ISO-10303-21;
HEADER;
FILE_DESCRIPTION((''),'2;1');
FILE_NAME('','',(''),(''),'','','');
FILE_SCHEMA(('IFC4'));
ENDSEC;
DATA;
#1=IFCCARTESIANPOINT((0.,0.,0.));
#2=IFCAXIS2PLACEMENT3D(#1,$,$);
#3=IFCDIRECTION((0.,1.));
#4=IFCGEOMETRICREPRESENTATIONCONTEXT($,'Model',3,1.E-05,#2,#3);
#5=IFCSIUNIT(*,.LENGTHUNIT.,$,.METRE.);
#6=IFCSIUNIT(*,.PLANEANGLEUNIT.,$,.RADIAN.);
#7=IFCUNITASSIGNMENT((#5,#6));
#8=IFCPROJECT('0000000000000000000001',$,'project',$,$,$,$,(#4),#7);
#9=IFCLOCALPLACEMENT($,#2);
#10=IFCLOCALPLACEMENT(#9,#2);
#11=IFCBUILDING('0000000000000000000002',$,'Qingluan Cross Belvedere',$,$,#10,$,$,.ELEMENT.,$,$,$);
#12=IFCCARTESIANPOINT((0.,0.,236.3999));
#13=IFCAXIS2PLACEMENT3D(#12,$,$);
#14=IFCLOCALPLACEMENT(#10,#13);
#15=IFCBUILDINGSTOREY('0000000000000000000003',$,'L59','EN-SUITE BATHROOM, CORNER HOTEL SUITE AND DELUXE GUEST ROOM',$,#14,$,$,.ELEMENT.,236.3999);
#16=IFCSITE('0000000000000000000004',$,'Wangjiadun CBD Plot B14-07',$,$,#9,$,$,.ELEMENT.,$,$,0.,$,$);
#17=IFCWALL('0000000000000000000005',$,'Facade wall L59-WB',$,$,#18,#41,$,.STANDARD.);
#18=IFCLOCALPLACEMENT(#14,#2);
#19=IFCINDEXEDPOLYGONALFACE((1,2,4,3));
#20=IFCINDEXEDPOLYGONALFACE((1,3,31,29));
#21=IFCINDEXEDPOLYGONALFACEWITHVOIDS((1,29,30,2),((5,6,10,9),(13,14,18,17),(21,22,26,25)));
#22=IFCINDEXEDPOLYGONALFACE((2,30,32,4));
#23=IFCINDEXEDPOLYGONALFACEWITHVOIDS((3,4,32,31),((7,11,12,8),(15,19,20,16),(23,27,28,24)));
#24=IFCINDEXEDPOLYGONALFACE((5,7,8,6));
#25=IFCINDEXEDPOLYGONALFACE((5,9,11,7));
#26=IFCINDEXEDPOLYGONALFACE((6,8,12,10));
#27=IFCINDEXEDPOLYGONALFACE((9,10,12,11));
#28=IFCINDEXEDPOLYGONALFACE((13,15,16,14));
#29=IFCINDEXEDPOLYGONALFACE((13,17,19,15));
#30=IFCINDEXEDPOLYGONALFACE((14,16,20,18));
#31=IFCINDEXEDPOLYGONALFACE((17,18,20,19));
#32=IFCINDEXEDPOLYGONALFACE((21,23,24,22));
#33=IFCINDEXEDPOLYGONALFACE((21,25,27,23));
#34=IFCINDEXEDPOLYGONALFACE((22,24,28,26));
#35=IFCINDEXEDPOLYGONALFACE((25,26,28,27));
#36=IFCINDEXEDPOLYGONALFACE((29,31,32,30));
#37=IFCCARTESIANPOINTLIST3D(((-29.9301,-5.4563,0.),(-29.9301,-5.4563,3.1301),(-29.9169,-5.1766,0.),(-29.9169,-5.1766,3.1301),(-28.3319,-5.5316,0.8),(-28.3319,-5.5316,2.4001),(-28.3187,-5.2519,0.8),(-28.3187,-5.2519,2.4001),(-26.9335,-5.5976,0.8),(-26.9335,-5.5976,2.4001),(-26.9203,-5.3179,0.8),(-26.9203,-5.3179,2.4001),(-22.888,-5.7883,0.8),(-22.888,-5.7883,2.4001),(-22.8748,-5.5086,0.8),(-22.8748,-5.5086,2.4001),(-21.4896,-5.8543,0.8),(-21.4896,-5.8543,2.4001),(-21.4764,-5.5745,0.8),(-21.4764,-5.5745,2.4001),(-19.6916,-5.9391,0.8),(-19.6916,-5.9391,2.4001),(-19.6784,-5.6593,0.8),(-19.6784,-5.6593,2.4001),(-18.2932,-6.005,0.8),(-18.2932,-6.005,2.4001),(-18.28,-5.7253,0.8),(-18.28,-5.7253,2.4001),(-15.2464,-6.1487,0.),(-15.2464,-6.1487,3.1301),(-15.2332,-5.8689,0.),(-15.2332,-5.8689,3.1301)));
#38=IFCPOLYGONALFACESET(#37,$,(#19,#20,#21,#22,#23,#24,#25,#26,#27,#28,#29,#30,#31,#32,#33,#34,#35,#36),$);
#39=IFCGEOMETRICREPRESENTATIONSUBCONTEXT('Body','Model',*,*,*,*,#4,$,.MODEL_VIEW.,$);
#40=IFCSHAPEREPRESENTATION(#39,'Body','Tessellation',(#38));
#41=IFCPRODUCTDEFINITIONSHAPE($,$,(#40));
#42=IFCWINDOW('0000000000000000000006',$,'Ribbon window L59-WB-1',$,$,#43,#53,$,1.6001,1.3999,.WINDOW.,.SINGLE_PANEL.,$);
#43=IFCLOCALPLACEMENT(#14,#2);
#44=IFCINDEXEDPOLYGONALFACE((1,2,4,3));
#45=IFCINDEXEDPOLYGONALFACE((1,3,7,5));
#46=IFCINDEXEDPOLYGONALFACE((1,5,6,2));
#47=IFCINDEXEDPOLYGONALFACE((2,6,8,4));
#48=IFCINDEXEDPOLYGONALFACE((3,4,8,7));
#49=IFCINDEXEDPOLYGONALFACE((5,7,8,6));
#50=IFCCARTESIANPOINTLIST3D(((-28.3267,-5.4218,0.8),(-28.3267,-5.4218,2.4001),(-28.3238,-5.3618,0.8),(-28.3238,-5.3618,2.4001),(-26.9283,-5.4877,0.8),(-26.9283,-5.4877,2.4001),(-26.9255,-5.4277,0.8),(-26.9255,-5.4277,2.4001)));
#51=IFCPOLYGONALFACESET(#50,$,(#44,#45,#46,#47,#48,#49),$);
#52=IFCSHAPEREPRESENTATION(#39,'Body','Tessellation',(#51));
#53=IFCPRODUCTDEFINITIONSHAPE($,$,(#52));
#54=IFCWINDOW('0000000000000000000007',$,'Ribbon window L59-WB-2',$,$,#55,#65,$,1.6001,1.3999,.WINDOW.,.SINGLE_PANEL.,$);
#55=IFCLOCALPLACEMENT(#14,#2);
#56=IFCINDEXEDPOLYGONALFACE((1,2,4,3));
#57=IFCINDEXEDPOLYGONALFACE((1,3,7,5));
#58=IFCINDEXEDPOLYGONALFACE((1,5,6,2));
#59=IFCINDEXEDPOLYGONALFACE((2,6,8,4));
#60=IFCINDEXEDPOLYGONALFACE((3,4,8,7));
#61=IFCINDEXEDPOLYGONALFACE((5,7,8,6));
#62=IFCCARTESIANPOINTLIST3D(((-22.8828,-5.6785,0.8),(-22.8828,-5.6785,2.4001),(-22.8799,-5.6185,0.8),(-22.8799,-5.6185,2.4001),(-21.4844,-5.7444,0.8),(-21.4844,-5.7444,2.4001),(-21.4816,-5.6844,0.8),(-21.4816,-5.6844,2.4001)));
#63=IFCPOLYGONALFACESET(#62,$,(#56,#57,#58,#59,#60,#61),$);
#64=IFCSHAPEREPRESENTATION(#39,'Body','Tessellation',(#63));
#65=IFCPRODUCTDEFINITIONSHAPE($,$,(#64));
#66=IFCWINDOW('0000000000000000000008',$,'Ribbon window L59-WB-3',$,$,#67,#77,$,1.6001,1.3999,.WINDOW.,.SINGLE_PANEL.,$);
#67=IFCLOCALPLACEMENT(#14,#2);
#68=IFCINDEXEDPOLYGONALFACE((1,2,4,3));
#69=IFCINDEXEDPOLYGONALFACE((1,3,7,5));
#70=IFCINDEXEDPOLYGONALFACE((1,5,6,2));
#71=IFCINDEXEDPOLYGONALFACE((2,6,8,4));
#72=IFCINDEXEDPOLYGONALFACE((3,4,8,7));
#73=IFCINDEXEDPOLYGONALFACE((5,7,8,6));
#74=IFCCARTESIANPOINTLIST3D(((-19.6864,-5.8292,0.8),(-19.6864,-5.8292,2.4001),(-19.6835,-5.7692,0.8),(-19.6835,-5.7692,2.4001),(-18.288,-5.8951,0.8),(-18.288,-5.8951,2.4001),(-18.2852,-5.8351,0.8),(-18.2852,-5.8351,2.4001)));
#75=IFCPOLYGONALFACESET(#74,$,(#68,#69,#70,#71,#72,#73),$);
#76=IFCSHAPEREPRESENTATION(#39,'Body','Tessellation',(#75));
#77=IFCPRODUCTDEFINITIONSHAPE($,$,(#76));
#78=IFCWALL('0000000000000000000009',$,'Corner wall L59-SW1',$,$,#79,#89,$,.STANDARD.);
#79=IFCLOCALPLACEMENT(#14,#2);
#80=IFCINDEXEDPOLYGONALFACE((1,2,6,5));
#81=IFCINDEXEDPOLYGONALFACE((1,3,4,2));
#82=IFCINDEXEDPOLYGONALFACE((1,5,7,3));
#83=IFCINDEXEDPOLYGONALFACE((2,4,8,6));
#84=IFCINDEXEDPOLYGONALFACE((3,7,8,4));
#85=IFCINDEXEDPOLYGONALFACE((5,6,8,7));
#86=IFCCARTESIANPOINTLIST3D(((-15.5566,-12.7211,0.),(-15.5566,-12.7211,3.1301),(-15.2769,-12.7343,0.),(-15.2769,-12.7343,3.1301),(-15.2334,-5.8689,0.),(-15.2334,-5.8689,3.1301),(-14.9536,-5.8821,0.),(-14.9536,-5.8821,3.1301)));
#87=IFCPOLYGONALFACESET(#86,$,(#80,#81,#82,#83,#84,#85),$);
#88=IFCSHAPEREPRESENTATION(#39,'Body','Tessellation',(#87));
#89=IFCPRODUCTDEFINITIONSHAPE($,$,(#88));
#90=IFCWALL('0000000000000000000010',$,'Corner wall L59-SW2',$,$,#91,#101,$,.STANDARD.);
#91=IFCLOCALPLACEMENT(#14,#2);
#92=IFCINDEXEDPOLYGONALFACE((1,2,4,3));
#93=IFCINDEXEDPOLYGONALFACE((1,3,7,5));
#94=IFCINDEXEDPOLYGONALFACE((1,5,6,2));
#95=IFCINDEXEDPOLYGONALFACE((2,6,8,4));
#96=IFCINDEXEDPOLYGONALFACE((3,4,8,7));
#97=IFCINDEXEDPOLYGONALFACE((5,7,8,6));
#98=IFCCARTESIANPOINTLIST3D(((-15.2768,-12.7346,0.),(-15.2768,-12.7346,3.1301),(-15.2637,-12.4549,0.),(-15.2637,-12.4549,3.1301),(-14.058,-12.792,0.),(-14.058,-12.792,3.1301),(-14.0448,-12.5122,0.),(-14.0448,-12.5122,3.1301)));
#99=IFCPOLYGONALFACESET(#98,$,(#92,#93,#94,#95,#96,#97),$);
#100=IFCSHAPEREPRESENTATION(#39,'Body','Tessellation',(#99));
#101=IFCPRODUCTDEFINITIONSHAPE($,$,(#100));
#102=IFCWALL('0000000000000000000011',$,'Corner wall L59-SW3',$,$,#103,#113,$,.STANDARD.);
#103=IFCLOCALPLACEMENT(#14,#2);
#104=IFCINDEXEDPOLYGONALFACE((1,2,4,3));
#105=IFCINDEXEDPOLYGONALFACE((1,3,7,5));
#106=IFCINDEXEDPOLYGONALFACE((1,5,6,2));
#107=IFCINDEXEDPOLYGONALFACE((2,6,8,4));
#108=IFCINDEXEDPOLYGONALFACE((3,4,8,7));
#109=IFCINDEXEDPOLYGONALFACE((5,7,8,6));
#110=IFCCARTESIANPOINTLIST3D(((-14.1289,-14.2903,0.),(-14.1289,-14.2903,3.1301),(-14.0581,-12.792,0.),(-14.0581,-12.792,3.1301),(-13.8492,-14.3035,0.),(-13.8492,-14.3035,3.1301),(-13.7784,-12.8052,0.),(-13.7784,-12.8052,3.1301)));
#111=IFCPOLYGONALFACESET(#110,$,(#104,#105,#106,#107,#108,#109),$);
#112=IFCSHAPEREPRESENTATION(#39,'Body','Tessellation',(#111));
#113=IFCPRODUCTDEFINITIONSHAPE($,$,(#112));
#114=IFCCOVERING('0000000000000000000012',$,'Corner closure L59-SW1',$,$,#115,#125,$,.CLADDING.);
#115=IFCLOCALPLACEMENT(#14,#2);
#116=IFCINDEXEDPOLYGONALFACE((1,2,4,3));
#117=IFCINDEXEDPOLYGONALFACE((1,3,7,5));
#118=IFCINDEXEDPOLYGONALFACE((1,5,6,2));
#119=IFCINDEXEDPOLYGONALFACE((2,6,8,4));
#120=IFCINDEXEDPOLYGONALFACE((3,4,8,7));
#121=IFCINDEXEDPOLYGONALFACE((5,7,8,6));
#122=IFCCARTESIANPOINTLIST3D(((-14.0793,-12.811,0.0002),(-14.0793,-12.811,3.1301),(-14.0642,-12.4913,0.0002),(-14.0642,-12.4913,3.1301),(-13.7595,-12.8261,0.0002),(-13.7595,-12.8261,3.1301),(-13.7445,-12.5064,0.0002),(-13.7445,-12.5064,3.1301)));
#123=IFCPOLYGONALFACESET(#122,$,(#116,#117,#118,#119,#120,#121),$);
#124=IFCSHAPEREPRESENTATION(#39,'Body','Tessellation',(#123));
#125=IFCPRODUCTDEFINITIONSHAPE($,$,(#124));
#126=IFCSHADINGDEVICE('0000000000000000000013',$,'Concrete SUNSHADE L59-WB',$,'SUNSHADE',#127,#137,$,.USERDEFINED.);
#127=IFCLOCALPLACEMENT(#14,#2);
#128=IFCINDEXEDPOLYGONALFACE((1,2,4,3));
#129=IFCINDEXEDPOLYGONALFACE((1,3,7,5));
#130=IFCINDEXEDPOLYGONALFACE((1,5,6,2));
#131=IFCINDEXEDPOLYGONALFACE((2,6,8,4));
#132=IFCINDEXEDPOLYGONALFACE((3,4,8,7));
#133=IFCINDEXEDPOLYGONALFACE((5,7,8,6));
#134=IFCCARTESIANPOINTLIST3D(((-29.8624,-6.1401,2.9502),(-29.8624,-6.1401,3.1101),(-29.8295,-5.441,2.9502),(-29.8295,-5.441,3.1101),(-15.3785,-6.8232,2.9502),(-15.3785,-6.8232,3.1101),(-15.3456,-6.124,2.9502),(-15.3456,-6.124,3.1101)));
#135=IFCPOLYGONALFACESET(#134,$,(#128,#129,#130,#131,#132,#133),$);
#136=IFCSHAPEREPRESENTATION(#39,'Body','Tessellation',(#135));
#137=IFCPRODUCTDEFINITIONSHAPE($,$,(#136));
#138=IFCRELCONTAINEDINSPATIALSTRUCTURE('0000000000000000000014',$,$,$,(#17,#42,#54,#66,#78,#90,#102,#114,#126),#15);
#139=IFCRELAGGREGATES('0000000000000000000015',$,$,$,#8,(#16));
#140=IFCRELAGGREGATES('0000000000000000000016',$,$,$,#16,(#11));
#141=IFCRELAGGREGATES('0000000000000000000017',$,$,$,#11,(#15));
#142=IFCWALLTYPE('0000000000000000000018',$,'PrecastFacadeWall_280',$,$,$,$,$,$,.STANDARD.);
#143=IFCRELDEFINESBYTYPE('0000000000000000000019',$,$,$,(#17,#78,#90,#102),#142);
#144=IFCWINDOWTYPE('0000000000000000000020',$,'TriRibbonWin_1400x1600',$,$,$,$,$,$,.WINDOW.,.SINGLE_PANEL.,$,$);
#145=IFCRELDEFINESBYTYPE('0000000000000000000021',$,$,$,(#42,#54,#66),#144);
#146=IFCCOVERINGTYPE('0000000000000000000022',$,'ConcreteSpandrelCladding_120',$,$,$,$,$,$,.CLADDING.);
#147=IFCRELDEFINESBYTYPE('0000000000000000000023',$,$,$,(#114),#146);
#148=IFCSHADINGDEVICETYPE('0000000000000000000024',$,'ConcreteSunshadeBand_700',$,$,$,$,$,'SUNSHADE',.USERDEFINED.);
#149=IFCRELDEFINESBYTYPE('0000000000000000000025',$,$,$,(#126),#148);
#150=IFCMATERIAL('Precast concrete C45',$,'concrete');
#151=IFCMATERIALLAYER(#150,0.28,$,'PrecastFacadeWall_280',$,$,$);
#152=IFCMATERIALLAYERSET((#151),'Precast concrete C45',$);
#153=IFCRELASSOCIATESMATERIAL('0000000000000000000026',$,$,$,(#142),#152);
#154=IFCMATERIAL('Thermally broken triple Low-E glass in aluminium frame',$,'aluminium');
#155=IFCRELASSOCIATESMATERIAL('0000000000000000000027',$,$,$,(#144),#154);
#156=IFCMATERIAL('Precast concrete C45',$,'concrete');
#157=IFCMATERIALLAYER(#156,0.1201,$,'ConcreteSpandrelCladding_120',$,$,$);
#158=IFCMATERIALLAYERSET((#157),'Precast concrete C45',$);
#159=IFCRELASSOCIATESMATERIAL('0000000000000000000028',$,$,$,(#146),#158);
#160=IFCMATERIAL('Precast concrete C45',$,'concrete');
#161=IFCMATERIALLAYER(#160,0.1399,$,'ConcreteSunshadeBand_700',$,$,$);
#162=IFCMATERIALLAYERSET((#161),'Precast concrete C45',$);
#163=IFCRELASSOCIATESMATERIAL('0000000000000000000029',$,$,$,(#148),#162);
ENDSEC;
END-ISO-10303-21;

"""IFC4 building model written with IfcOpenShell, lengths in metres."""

from ifc_helpers import new_model, si_unit, direction, frame, frame_2d, origin, origin_2d, place, context, subcontext, project, spatial, rectangle, extrude, material, layer, layer_set, type_object, element, fill, save


model = new_model("IFC4")

# Units and contexts
model_context = context("Model", 3, precision=1e-05, world=origin(), true_north=direction((0.0, 1.0)))
body_context = subcontext(model_context, "Body", "Model", "MODEL_VIEW")
ifc_project = project(units=[si_unit("LENGTHUNIT", "METRE"), si_unit("PLANEANGLEUNIT", "RADIAN")], contexts=[model_context])

# Site, building, storey
site_placement = place(None, origin())
site = spatial("IfcSite", under=ifc_project, at=site_placement, Name="Wangjiadun CBD Plot B14-07", CompositionType="ELEMENT", RefElevation=0.0)
building_placement = place(site_placement, origin())
building = spatial("IfcBuilding", under=site, at=building_placement, Name="Qingluan Cross Belvedere", CompositionType="ELEMENT")
storey_placement = place(building_placement, frame((0.0, 0.0, 236.3999)))
storey = spatial("IfcBuildingStorey", under=building, at=storey_placement, Name="L59", Description="EN-SUITE BATHROOM, CORNER HOTEL SUITE AND DELUXE GUEST ROOM", CompositionType="ELEMENT", Elevation=236.3999)

# Wall, openings, windows
ifc_material_1 = material(Name="Precast concrete C45", Category="concrete")
ifc_layer_1 = layer(ifc_material_1, 0.28, Name="PrecastFacadeWall_280")
ifc_layer_set_1 = layer_set([ifc_layer_1], Name="Precast concrete C45")
wall_type_1 = type_object("IfcWallType", Name="PrecastFacadeWall_280", PredefinedType="STANDARD", material=ifc_layer_set_1)
wall_1_placement = place(storey_placement, frame((-29.9236, -5.3164, 0.0), z_axis=(0.0, 0.0, 1.0), x_axis=(0.99889, -0.047101, 0.0)))
wall_1 = element("IfcWall", 1, at=wall_1_placement, inside=storey, type_object=wall_type_1, Name="Facade wall L59-WB", PredefinedType="STANDARD", context=body_context, shape_type="SweptSolid", body=[
    extrude(rectangle(XDim=14.7, YDim=0.28, at=frame_2d((7.3501, 0.0))), origin(), (0.0, 0.0, 1.0), 3.1301),
])
opening_1_placement = place(wall_1_placement, frame((1.6001, 0.0, 0.8)))
opening_1 = element("IfcOpeningElement", 2, at=opening_1_placement, cuts=wall_1, PredefinedType="OPENING", context=body_context, shape_type="SweptSolid", body=[
    extrude(rectangle(XDim=1.3999, YDim=1.6001, at=frame_2d((0.7, 0.8))), frame((0.0, 0.1499, 0.0), z_axis=(0.0, -1.0, 0.0), x_axis=(1.0, 0.0, 0.0)), (0.0, 0.0, 1.0), 0.3),
])
opening_2_placement = place(wall_1_placement, frame((7.05, 0.0, 0.8)))
opening_2 = element("IfcOpeningElement", 3, at=opening_2_placement, cuts=wall_1, PredefinedType="OPENING", context=body_context, shape_type="SweptSolid", body=[
    extrude(rectangle(XDim=1.3999, YDim=1.6001, at=frame_2d((0.7, 0.8))), frame((0.0, 0.1499, 0.0), z_axis=(0.0, -1.0, 0.0), x_axis=(1.0, 0.0, 0.0)), (0.0, 0.0, 1.0), 0.3),
])
opening_3_placement = place(wall_1_placement, frame((10.25, 0.0, 0.8)))
opening_3 = element("IfcOpeningElement", 4, at=opening_3_placement, cuts=wall_1, PredefinedType="OPENING", context=body_context, shape_type="SweptSolid", body=[
    extrude(rectangle(XDim=1.3999, YDim=1.6001, at=frame_2d((0.7, 0.8))), frame((0.0, 0.1499, 0.0), z_axis=(0.0, -1.0, 0.0), x_axis=(1.0, 0.0, 0.0)), (0.0, 0.0, 1.0), 0.3),
])
ifc_material_2 = material(Name="Thermally broken triple Low-E glass in aluminium frame", Category="aluminium")
window_type = type_object("IfcWindowType", Name="TriRibbonWin_1400x1600", PartitioningType="SINGLE_PANEL", PredefinedType="WINDOW", material=ifc_material_2)
window_1_placement = place(opening_1_placement, origin())
window_1 = element("IfcWindow", 5, at=window_1_placement, inside=storey, type_object=window_type, Name="Ribbon window L59-WB-1", OverallHeight=1.6001, OverallWidth=1.3999, PartitioningType="SINGLE_PANEL", PredefinedType="WINDOW", context=body_context, shape_type="SweptSolid", body=[
    extrude(rectangle(XDim=1.3999, YDim=1.6001, at=frame_2d((0.7, 0.8))), frame((0.0, 0.03, 0.0), z_axis=(0.0, -1.0, 0.0), x_axis=(1.0, 0.0, 0.0)), (0.0, 0.0, 1.0), 0.0601),
])
fill(opening_1, window_1)
window_2_placement = place(opening_2_placement, origin())
window_2 = element("IfcWindow", 6, at=window_2_placement, inside=storey, type_object=window_type, Name="Ribbon window L59-WB-2", OverallHeight=1.6001, OverallWidth=1.3999, PartitioningType="SINGLE_PANEL", PredefinedType="WINDOW", context=body_context, shape_type="SweptSolid", body=[
    extrude(rectangle(XDim=1.3999, YDim=1.6001, at=frame_2d((0.7, 0.8))), frame((0.0, 0.03, 0.0), z_axis=(0.0, -1.0, 0.0), x_axis=(1.0, 0.0, 0.0)), (0.0, 0.0, 1.0), 0.0601),
])
fill(opening_2, window_2)
window_3_placement = place(opening_3_placement, origin())
window_3 = element("IfcWindow", 7, at=window_3_placement, inside=storey, type_object=window_type, Name="Ribbon window L59-WB-3", OverallHeight=1.6001, OverallWidth=1.3999, PartitioningType="SINGLE_PANEL", PredefinedType="WINDOW", context=body_context, shape_type="SweptSolid", body=[
    extrude(rectangle(XDim=1.3999, YDim=1.6001, at=frame_2d((0.7, 0.8))), frame((0.0, 0.03, 0.0), z_axis=(0.0, -1.0, 0.0), x_axis=(1.0, 0.0, 0.0)), (0.0, 0.0, 1.0), 0.0601),
])
fill(opening_3, window_3)

# Walls
wall_2_placement = place(storey_placement, frame((-15.0935, -5.8755, 0.0), z_axis=(0.0, 0.0, 1.0), x_axis=(-0.04712, -0.998889, 0.0)))
element("IfcWall", 8, at=wall_2_placement, inside=storey, type_object=wall_type_1, Name="Corner wall L59-SW1", PredefinedType="STANDARD", context=body_context, shape_type="SweptSolid", body=[
    extrude(rectangle(XDim=6.8599, YDim=0.28, at=frame_2d((3.4299, 0.0))), origin(), (0.0, 0.0, 1.0), 3.1301),
])
wall_3_placement = place(storey_placement, frame((-15.2703, -12.5947, 0.0), z_axis=(0.0, 0.0, 1.0), x_axis=(0.998894, -0.047023, 0.0)))
element("IfcWall", 9, at=wall_3_placement, inside=storey, type_object=wall_type_1, Name="Corner wall L59-SW2", PredefinedType="STANDARD", context=body_context, shape_type="SweptSolid", body=[
    extrude(rectangle(XDim=1.2202, YDim=0.28, at=frame_2d((0.6101, 0.0))), origin(), (0.0, 0.0, 1.0), 3.1301),
])
wall_4_placement = place(storey_placement, frame((-13.9182, -12.7986, 0.0), z_axis=(0.0, 0.0, 1.0), x_axis=(-0.047202, -0.998885, 0.0)))
element("IfcWall", 10, at=wall_4_placement, inside=storey, type_object=wall_type_1, Name="Corner wall L59-SW3", PredefinedType="STANDARD", context=body_context, shape_type="SweptSolid", body=[
    extrude(rectangle(XDim=1.5, YDim=0.28, at=frame_2d((0.75, 0.0))), origin(), (0.0, 0.0, 1.0), 3.1301),
])

# Covering
ifc_material_3 = material(Name="Precast concrete C45", Category="concrete")
ifc_layer_2 = layer(ifc_material_3, 0.1201, Name="ConcreteSpandrelCladding_120")
ifc_layer_set_2 = layer_set([ifc_layer_2], Name="Precast concrete C45")
covering_type = type_object("IfcCoveringType", Name="ConcreteSpandrelCladding_120", PredefinedType="CLADDING", material=ifc_layer_set_2)
covering_placement = place(storey_placement, frame((-13.9119, -12.6587, 0.0002), z_axis=(0.0, 0.0, 1.0), x_axis=(0.99889, -0.047106, 0.0)))
element("IfcCovering", 11, at=covering_placement, inside=storey, type_object=covering_type, Name="Corner closure L59-SW1", PredefinedType="CLADDING", context=body_context, shape_type="SweptSolid", body=[
    extrude(rectangle(XDim=0.3201, YDim=0.3201, at=origin_2d()), origin(), (0.0, 0.0, 1.0), 3.1299),
])

# Shading device
ifc_material_4 = material(Name="Precast concrete C45", Category="concrete")
ifc_layer_3 = layer(ifc_material_4, 0.1399, Name="ConcreteSunshadeBand_700")
ifc_layer_set_3 = layer_set([ifc_layer_3], Name="Precast concrete C45")
shading_device_type = type_object("IfcShadingDeviceType", Name="ConcreteSunshadeBand_700", ElementType="SUNSHADE", PredefinedType="USERDEFINED", material=ifc_layer_set_3)
shading_device_placement = place(storey_placement, frame((-22.604, -6.1321, 2.9502), z_axis=(0.0, 0.0, 1.0), x_axis=(0.99889, -0.047109, 0.0)))
element("IfcShadingDevice", 12, at=shading_device_placement, inside=storey, type_object=shading_device_type, Name="Concrete SUNSHADE L59-WB", ObjectType="SUNSHADE", PredefinedType="USERDEFINED", context=body_context, shape_type="SweptSolid", body=[
    extrude(rectangle(XDim=14.5, YDim=0.7, at=origin_2d()), origin(), (0.0, 0.0, 1.0), 0.1599),
])

save(model, "model.ifc")
